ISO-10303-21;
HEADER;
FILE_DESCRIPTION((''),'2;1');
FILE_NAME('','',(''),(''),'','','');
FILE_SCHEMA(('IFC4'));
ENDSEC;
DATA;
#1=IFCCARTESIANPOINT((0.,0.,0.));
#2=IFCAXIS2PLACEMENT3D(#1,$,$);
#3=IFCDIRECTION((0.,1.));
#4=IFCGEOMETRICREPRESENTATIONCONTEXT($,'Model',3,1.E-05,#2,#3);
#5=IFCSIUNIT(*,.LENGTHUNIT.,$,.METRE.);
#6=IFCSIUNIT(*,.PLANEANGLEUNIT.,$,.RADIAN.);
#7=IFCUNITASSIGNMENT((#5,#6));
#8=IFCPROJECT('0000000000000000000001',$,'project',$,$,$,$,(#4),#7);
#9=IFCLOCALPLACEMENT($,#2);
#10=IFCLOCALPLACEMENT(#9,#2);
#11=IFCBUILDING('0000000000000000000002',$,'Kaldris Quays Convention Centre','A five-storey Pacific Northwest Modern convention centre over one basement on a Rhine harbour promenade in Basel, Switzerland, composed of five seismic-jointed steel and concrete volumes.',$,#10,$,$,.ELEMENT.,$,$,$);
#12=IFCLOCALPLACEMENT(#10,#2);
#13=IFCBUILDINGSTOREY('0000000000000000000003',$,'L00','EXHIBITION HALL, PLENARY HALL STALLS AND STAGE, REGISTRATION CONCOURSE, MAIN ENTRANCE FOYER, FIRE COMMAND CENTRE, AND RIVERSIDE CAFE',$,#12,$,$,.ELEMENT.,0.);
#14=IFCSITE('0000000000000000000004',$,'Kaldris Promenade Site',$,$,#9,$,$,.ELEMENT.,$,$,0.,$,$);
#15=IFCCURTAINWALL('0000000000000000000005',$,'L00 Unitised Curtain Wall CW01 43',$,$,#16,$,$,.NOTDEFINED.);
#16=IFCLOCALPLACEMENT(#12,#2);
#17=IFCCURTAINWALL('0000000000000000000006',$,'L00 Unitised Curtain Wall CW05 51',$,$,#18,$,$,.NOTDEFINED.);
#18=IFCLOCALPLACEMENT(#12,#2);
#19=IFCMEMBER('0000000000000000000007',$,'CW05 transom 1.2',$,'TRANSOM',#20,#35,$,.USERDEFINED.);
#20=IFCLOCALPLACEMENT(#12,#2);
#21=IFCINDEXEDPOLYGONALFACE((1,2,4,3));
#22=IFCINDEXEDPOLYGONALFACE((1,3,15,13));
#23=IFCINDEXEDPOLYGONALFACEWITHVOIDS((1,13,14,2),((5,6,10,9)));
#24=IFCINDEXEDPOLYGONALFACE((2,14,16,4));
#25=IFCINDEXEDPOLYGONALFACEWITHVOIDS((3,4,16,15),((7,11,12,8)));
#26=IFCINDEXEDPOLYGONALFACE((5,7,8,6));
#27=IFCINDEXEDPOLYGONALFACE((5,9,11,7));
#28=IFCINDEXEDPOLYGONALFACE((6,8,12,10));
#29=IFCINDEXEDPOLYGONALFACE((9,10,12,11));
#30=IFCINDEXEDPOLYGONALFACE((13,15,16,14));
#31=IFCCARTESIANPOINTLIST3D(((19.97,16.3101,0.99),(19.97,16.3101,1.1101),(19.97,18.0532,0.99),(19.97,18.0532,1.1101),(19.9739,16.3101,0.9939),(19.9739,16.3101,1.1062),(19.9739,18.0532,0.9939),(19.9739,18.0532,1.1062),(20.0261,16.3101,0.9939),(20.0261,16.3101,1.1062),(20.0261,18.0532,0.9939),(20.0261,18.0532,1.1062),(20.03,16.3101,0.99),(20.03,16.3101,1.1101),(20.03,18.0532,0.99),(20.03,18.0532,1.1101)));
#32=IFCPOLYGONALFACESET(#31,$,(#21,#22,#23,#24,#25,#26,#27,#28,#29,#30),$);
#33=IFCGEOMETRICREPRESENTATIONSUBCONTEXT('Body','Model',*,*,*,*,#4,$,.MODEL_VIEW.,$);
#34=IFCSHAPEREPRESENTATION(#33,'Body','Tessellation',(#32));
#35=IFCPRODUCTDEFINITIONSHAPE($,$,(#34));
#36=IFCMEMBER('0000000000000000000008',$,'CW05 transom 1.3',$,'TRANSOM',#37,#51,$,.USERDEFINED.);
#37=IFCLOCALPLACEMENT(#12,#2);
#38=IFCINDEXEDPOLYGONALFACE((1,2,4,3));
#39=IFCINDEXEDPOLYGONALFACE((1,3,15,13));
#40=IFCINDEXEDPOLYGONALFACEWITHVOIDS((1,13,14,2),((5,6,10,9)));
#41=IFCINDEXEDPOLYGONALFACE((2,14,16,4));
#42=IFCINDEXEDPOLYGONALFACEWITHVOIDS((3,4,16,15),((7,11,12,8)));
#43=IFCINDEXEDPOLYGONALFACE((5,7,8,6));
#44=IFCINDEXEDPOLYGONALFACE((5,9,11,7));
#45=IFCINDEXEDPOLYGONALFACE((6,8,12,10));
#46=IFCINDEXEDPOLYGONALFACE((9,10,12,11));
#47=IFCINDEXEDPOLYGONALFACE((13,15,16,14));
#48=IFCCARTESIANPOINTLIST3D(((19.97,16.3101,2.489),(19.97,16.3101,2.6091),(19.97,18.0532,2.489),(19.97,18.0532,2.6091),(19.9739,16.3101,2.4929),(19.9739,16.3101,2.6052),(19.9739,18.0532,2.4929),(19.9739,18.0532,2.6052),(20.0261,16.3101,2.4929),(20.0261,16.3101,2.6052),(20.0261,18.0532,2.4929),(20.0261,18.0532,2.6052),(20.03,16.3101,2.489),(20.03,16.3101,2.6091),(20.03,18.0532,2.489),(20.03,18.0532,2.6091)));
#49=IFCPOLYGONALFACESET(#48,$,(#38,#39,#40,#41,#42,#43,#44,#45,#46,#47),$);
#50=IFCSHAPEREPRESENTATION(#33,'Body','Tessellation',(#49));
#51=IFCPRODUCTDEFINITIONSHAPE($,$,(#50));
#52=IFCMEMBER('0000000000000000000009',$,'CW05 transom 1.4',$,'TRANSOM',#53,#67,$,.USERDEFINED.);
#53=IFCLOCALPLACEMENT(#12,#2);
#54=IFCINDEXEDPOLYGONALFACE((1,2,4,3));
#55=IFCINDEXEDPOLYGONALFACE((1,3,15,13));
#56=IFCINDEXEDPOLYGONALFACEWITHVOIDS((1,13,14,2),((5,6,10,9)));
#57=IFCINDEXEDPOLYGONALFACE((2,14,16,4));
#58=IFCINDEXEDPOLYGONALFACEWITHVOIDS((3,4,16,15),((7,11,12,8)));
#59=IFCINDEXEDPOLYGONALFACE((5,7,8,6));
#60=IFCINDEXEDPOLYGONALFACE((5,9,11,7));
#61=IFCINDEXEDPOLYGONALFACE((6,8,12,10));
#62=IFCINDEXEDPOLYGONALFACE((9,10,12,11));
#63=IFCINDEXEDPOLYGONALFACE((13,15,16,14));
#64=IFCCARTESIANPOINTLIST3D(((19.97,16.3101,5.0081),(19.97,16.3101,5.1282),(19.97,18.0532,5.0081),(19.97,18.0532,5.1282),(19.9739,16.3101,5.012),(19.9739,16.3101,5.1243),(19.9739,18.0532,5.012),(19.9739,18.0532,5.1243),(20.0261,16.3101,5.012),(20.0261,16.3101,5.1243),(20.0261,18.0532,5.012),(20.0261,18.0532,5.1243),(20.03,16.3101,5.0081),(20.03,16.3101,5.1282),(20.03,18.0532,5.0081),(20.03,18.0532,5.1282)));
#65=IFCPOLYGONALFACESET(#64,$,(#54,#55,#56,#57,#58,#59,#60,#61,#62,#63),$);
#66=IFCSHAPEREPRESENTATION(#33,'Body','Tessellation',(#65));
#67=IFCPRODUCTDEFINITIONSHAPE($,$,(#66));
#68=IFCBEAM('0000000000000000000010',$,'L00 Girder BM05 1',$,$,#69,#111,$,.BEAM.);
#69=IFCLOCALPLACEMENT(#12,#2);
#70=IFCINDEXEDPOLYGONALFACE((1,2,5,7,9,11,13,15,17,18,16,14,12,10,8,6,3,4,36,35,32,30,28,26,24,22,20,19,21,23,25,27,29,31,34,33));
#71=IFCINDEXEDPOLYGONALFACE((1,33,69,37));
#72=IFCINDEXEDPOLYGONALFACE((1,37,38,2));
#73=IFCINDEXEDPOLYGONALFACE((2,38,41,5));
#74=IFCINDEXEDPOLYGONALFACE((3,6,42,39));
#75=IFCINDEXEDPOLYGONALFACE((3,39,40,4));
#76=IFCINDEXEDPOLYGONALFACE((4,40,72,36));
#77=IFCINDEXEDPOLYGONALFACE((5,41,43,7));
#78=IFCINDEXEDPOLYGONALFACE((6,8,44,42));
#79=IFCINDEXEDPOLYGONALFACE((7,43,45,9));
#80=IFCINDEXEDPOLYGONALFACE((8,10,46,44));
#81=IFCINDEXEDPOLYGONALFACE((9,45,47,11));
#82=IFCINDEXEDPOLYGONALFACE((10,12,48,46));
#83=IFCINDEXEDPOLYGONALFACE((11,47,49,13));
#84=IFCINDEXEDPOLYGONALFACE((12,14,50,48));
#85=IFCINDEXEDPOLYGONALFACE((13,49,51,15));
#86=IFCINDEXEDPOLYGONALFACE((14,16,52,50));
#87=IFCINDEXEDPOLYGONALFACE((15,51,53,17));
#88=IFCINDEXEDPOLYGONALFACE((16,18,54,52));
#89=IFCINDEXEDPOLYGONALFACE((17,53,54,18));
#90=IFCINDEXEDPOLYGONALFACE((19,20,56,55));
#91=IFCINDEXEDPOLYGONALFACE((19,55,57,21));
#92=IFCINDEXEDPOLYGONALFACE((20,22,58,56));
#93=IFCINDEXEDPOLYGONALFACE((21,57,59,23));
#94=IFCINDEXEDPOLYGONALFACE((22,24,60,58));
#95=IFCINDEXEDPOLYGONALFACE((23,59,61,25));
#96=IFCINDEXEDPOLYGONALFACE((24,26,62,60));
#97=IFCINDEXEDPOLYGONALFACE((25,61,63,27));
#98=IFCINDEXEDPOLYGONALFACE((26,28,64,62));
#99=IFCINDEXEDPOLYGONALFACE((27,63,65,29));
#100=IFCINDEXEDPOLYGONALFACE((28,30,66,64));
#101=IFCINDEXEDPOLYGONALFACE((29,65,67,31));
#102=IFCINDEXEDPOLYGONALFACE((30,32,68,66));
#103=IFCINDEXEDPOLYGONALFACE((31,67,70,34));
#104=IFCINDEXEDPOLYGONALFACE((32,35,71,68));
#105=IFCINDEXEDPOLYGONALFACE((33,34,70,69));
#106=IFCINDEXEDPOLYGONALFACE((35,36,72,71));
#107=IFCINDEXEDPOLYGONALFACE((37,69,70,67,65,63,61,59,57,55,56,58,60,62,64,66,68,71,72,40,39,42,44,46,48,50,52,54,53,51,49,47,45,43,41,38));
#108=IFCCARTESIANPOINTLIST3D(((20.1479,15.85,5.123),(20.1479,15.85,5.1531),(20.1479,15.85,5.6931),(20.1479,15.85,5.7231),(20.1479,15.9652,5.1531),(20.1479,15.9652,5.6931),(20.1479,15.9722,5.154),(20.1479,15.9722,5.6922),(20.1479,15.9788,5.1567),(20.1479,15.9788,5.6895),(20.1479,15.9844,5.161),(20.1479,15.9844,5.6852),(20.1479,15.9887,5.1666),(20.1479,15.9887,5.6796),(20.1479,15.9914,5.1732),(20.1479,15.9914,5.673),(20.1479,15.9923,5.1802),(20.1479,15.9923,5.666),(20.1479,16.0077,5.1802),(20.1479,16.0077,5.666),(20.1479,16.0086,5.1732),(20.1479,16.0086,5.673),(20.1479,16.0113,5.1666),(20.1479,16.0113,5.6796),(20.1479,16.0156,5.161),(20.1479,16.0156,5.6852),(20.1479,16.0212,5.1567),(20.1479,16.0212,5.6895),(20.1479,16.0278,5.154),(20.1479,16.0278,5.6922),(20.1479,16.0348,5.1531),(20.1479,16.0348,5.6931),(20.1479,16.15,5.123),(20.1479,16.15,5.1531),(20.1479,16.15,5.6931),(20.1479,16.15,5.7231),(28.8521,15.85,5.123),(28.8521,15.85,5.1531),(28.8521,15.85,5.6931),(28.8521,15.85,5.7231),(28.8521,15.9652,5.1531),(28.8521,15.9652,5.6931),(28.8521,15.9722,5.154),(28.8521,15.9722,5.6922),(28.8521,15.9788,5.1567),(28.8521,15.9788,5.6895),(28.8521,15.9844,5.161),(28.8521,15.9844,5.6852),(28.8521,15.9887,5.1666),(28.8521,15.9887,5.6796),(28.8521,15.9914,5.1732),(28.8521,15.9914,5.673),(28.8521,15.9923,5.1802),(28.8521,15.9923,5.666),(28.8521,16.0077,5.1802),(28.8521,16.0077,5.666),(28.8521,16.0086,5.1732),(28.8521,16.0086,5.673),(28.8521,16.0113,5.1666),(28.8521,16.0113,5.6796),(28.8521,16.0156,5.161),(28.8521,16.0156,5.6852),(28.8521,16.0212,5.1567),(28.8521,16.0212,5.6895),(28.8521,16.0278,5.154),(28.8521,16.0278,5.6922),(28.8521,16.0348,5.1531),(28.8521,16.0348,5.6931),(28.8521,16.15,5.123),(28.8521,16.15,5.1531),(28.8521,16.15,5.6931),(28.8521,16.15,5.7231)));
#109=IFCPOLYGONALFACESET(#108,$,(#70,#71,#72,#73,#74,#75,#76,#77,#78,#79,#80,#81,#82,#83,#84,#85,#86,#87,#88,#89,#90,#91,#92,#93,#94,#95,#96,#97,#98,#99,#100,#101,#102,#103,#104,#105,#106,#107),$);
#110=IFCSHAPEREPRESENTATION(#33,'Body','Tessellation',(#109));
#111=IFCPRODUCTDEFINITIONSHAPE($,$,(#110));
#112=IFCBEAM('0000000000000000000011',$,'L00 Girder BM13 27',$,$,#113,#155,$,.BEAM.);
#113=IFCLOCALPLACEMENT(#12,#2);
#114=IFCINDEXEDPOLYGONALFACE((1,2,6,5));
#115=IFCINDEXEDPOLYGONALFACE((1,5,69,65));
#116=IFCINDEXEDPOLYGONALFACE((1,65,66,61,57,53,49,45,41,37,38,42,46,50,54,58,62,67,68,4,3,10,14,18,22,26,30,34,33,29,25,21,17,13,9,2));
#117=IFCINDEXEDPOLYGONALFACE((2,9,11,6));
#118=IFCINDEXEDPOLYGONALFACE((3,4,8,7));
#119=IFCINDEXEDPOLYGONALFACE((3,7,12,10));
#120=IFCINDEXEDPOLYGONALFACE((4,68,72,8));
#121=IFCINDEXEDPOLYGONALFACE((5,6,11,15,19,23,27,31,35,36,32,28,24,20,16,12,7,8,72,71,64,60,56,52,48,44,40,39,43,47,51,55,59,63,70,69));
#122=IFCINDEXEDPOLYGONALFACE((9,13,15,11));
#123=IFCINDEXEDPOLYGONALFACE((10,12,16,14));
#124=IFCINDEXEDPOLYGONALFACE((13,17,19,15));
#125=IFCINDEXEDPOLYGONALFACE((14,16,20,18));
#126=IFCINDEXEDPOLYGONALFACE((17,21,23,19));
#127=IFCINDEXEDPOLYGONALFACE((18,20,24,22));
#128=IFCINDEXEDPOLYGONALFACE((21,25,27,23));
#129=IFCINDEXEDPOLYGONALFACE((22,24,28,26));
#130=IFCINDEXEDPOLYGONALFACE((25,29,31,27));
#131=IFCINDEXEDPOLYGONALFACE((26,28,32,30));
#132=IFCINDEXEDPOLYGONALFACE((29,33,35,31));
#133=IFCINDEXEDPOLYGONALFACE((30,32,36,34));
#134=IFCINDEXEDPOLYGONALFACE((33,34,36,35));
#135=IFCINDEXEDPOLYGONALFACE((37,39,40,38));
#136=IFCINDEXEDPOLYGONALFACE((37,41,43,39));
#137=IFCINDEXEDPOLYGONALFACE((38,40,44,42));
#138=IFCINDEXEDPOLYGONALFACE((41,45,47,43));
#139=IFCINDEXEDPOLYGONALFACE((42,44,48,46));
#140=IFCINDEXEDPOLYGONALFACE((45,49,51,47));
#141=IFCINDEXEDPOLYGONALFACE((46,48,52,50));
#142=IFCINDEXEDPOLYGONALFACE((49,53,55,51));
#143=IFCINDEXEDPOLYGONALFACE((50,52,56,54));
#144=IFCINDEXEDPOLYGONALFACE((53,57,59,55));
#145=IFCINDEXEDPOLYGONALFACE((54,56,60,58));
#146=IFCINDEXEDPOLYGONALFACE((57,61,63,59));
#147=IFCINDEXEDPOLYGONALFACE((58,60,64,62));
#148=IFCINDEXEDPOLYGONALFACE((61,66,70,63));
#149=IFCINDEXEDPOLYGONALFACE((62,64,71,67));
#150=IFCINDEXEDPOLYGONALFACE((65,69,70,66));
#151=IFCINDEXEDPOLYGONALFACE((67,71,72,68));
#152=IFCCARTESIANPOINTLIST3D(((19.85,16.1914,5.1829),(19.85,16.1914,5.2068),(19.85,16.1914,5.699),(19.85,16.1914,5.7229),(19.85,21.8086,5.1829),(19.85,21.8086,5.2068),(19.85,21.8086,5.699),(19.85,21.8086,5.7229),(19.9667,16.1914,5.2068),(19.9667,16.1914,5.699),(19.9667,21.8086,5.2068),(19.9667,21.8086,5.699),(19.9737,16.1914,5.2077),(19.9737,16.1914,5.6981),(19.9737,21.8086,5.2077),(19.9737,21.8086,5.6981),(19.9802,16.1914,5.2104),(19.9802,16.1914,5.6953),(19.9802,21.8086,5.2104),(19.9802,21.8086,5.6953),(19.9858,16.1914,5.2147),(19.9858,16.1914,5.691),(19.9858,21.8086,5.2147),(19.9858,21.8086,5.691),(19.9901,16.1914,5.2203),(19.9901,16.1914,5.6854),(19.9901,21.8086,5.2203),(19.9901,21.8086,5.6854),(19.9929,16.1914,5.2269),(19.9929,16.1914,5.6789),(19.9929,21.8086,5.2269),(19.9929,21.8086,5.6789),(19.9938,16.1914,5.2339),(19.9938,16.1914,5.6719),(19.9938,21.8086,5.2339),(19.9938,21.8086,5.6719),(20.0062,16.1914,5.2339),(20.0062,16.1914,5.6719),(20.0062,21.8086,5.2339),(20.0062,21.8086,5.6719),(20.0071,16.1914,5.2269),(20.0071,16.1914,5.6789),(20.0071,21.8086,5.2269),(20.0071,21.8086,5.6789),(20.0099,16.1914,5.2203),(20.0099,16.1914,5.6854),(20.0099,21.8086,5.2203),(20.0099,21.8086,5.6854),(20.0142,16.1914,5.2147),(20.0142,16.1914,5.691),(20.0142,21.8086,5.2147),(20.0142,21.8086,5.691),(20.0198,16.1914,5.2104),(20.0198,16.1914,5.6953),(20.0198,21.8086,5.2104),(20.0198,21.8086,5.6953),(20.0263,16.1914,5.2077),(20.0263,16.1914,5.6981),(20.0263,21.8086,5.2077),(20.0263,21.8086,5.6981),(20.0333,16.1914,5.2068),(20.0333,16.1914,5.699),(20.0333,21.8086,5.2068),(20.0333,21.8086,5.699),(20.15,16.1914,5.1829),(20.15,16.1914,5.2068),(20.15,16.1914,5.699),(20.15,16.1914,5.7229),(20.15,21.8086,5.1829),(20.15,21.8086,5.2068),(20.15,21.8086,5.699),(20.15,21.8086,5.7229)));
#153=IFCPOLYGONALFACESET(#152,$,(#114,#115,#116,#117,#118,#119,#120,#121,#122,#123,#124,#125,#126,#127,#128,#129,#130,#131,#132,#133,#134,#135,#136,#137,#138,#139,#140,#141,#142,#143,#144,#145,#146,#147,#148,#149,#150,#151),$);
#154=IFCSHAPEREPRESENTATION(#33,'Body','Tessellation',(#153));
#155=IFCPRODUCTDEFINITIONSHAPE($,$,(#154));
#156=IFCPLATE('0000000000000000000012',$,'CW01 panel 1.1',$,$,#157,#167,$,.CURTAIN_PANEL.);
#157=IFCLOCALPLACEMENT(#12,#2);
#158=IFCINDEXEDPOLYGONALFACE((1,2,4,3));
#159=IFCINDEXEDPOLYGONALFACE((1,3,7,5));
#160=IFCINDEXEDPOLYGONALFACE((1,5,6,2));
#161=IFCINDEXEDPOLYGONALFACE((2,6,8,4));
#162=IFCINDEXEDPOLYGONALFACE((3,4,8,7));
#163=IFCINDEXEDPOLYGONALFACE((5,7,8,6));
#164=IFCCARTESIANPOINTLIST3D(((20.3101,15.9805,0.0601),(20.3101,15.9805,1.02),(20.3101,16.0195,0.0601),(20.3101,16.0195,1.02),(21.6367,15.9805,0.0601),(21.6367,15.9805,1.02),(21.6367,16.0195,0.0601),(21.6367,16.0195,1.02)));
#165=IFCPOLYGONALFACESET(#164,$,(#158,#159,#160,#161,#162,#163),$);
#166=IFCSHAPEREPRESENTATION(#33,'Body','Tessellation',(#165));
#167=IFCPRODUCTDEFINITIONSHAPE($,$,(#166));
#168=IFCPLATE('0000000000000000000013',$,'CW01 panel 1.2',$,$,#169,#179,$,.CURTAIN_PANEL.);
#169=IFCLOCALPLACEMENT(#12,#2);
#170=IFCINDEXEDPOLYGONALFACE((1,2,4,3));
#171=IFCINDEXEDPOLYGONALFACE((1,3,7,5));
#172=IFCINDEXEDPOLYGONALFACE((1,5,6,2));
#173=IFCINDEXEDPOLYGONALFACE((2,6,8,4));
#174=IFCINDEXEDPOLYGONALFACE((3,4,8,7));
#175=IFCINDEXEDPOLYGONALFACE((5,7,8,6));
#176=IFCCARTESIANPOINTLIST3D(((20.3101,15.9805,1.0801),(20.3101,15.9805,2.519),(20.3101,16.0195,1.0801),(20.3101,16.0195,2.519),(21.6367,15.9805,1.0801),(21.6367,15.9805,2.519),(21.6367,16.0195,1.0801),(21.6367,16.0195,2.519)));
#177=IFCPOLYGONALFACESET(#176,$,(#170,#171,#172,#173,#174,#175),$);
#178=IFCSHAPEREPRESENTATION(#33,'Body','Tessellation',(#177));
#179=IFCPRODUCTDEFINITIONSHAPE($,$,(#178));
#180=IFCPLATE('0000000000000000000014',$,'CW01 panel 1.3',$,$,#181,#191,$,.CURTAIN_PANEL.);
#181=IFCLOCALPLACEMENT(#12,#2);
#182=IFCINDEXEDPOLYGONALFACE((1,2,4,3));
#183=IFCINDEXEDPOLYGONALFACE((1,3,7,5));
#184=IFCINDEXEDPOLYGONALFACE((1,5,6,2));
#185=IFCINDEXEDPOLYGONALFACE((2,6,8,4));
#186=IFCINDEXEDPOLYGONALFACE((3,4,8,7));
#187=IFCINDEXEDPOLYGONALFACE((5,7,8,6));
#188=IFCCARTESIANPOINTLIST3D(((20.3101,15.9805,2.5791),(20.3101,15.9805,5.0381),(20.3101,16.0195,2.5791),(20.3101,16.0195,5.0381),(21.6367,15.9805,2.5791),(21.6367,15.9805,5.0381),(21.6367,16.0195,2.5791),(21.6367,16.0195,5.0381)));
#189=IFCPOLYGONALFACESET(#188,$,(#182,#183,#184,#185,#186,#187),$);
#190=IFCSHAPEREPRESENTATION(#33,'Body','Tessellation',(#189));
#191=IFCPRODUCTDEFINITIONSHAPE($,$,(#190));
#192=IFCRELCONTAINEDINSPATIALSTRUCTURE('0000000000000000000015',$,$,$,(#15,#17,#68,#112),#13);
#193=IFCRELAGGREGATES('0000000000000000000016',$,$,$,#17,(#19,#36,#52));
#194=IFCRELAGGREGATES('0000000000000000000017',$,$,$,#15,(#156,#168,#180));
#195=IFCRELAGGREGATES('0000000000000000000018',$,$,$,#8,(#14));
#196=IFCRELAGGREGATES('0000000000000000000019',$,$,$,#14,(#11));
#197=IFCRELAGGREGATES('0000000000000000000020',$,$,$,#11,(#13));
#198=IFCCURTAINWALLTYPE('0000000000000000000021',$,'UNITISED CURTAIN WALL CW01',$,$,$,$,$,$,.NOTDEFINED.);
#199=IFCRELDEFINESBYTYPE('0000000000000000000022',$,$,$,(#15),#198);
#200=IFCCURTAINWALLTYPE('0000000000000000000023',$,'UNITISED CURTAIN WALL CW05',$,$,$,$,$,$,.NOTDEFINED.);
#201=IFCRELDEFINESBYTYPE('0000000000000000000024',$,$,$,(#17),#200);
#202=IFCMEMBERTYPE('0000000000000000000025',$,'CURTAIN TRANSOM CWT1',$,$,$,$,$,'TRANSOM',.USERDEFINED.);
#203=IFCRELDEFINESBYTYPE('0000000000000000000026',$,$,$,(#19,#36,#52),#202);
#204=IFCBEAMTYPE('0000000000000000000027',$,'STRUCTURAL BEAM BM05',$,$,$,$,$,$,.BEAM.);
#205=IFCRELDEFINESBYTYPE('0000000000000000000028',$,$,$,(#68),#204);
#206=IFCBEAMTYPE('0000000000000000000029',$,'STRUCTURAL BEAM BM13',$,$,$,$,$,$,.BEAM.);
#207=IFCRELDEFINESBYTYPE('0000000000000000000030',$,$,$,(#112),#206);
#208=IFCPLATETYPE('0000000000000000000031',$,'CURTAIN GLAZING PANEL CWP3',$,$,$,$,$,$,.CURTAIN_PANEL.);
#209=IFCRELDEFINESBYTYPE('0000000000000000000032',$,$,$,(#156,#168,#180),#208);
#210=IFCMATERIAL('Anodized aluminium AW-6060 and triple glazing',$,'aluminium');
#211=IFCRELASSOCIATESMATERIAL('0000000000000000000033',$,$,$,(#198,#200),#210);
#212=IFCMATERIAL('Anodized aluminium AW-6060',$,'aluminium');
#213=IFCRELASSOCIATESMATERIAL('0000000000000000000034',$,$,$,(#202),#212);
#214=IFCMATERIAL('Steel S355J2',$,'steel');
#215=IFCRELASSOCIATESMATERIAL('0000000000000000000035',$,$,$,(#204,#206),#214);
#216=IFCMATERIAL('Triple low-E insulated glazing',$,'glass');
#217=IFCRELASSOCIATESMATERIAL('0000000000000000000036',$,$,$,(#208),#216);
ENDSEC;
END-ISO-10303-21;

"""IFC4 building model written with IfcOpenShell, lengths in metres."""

from ifc_helpers import new_model, si_unit, direction, frame, origin, origin_2d, place, context, subcontext, project, spatial, rectangle, hollow_rectangle, i_section, extrude, material, material_profile, profile_set, type_object, element, aggregate, save


model = new_model("IFC4")

# Units and contexts
model_context = context("Model", 3, precision=1e-05, world=origin(), true_north=direction((0.0, 1.0)))
body_context = subcontext(model_context, "Body", "Model", "MODEL_VIEW")
ifc_project = project(units=[si_unit("LENGTHUNIT", "METRE"), si_unit("PLANEANGLEUNIT", "RADIAN")], contexts=[model_context])

# Site, building, storey
site_placement = place(None, origin())
site = spatial("IfcSite", under=ifc_project, at=site_placement, Name="Kaldris Promenade Site", CompositionType="ELEMENT", RefElevation=0.0)
building_placement = place(site_placement, origin())
building = spatial("IfcBuilding", under=site, at=building_placement, Name="Kaldris Quays Convention Centre", Description="A five-storey Pacific Northwest Modern convention centre over one basement on a Rhine harbour promenade in Basel, Switzerland, composed of five seismic-jointed steel and concrete volumes.", CompositionType="ELEMENT")
storey_placement = place(building_placement, origin())
storey = spatial("IfcBuildingStorey", under=building, at=storey_placement, Name="L00", Description="EXHIBITION HALL, PLENARY HALL STALLS AND STAGE, REGISTRATION CONCOURSE, MAIN ENTRANCE FOYER, FIRE COMMAND CENTRE, AND RIVERSIDE CAFE", CompositionType="ELEMENT", Elevation=0.0)

# Curtain wall
ifc_material_1 = material(Name="Anodized aluminium AW-6060 and triple glazing", Category="aluminium")
curtain_wall_type_1 = type_object("IfcCurtainWallType", Name="UNITISED CURTAIN WALL CW01", PredefinedType="NOTDEFINED", material=ifc_material_1)
curtain_wall_1_placement = place(storey_placement, origin())
curtain_wall_1 = element("IfcCurtainWall", 1, at=curtain_wall_1_placement, inside=storey, type_object=curtain_wall_type_1, Name="L00 Unitised Curtain Wall CW01 43", PredefinedType="NOTDEFINED")
ifc_material_2 = material(Name="Anodized aluminium AW-6060", Category="aluminium")

# Curtain wall
curtain_wall_type_2 = type_object("IfcCurtainWallType", Name="UNITISED CURTAIN WALL CW05", PredefinedType="NOTDEFINED", material=ifc_material_1)
curtain_wall_2_placement = place(storey_placement, origin())
curtain_wall_2 = element("IfcCurtainWall", 2, at=curtain_wall_2_placement, inside=storey, type_object=curtain_wall_type_2, Name="L00 Unitised Curtain Wall CW05 51", PredefinedType="NOTDEFINED")

# Members
ifc_material_profile_1 = material_profile(ifc_material_2, hollow_rectangle(XDim=0.0601, YDim=0.1201, WallThickness=0.0039, at=origin_2d()), Name="RHS 120x60x4")
ifc_profile_set_1 = profile_set([ifc_material_profile_1], Name="Anodized aluminium AW-6060")
member_type_1 = type_object("IfcMemberType", Name="CURTAIN TRANSOM CWT1", ElementType="TRANSOM", PredefinedType="USERDEFINED", material=ifc_profile_set_1)
member_1_placement = place(storey_placement, frame((20.0, 16.3101, 1.05), z_axis=(0.0, 1.0, 0.0), x_axis=(-1.0, 0.0, 0.0)))
member_1 = element("IfcMember", 3, at=member_1_placement, type_object=member_type_1, Name="CW05 transom 1.2", ObjectType="TRANSOM", PredefinedType="USERDEFINED", context=body_context, shape_type="SweptSolid", body=[
    extrude(hollow_rectangle(XDim=0.0601, YDim=0.1201, WallThickness=0.0039, at=origin_2d()), origin(), (0.0, 0.0, 1.0), 1.7432),
])
member_2_placement = place(storey_placement, frame((20.0, 16.3101, 2.5491), z_axis=(0.0, 1.0, 0.0), x_axis=(-1.0, 0.0, 0.0)))
member_2 = element("IfcMember", 4, at=member_2_placement, type_object=member_type_1, Name="CW05 transom 1.3", ObjectType="TRANSOM", PredefinedType="USERDEFINED", context=body_context, shape_type="SweptSolid", body=[
    extrude(hollow_rectangle(XDim=0.0601, YDim=0.1201, WallThickness=0.0039, at=origin_2d()), origin(), (0.0, 0.0, 1.0), 1.7432),
])
member_3_placement = place(storey_placement, frame((20.0, 16.3101, 5.0681), z_axis=(0.0, 1.0, 0.0), x_axis=(-1.0, 0.0, 0.0)))
member_3 = element("IfcMember", 5, at=member_3_placement, type_object=member_type_1, Name="CW05 transom 1.4", ObjectType="TRANSOM", PredefinedType="USERDEFINED", context=body_context, shape_type="SweptSolid", body=[
    extrude(hollow_rectangle(XDim=0.0601, YDim=0.1201, WallThickness=0.0039, at=origin_2d()), origin(), (0.0, 0.0, 1.0), 1.7432),
])
aggregate(curtain_wall_2, [member_1, member_2, member_3])

# Beams
ifc_material_3 = material(Name="Steel S355J2", Category="steel")
ifc_material_profile_2 = material_profile(ifc_material_3, i_section(OverallWidth=0.3, OverallDepth=0.6001, WebThickness=0.0154, FlangeThickness=0.03, FilletRadius=0.0271, at=origin_2d()), Name="HEB 600")
ifc_profile_set_2 = profile_set([ifc_material_profile_2], Name="Steel S355J2")
beam_type_1 = type_object("IfcBeamType", Name="STRUCTURAL BEAM BM05", PredefinedType="BEAM", material=ifc_profile_set_2)
beam_1_placement = place(storey_placement, frame((20.1479, 16.0, 5.4231), z_axis=(1.0, 0.0, 0.0), x_axis=(0.0, 1.0, 0.0)))
element("IfcBeam", 6, at=beam_1_placement, inside=storey, type_object=beam_type_1, Name="L00 Girder BM05 1", PredefinedType="BEAM", context=body_context, shape_type="SweptSolid", body=[
    extrude(i_section(OverallWidth=0.3, OverallDepth=0.6001, WebThickness=0.0154, FlangeThickness=0.03, FilletRadius=0.0271, at=origin_2d()), origin(), (0.0, 0.0, 1.0), 8.7041),
])
ifc_material_profile_3 = material_profile(ifc_material_3, i_section(OverallWidth=0.3, OverallDepth=0.54, WebThickness=0.0125, FlangeThickness=0.0239, FilletRadius=0.0271, at=origin_2d()), Name="HEA 550")
ifc_profile_set_3 = profile_set([ifc_material_profile_3], Name="Steel S355J2")
beam_type_2 = type_object("IfcBeamType", Name="STRUCTURAL BEAM BM13", PredefinedType="BEAM", material=ifc_profile_set_3)
beam_2_placement = place(storey_placement, frame((20.0, 16.1914, 5.4529), z_axis=(0.0, 1.0, 0.0), x_axis=(-1.0, 0.0, 0.0)))
element("IfcBeam", 7, at=beam_2_placement, inside=storey, type_object=beam_type_2, Name="L00 Girder BM13 27", PredefinedType="BEAM", context=body_context, shape_type="SweptSolid", body=[
    extrude(i_section(OverallWidth=0.3, OverallDepth=0.54, WebThickness=0.0125, FlangeThickness=0.0239, FilletRadius=0.0271, at=origin_2d()), origin(), (0.0, 0.0, 1.0), 5.6172),
])

# Plates
ifc_material_4 = material(Name="Triple low-E insulated glazing", Category="glass")
plate_type = type_object("IfcPlateType", Name="CURTAIN GLAZING PANEL CWP3", PredefinedType="CURTAIN_PANEL", material=ifc_material_4)
plate_1_placement = place(storey_placement, frame((20.9734, 16.0, 0.0601), z_axis=(0.0, 0.0, 1.0), x_axis=(1.0, 0.0, 0.0)))
plate_1 = element("IfcPlate", 8, at=plate_1_placement, type_object=plate_type, Name="CW01 panel 1.1", PredefinedType="CURTAIN_PANEL", context=body_context, shape_type="SweptSolid", body=[
    extrude(rectangle(XDim=1.3267, YDim=0.0391, at=origin_2d()), origin(), (0.0, 0.0, 1.0), 0.96),
])
plate_2_placement = place(storey_placement, frame((20.9734, 16.0, 1.0801), z_axis=(0.0, 0.0, 1.0), x_axis=(1.0, 0.0, 0.0)))
plate_2 = element("IfcPlate", 9, at=plate_2_placement, type_object=plate_type, Name="CW01 panel 1.2", PredefinedType="CURTAIN_PANEL", context=body_context, shape_type="SweptSolid", body=[
    extrude(rectangle(XDim=1.3267, YDim=0.0391, at=origin_2d()), origin(), (0.0, 0.0, 1.0), 1.439),
])
plate_3_placement = place(storey_placement, frame((20.9734, 16.0, 2.5791), z_axis=(0.0, 0.0, 1.0), x_axis=(1.0, 0.0, 0.0)))
plate_3 = element("IfcPlate", 10, at=plate_3_placement, type_object=plate_type, Name="CW01 panel 1.3", PredefinedType="CURTAIN_PANEL", context=body_context, shape_type="SweptSolid", body=[
    extrude(rectangle(XDim=1.3267, YDim=0.0391, at=origin_2d()), origin(), (0.0, 0.0, 1.0), 2.459),
])
aggregate(curtain_wall_1, [plate_1, plate_2, plate_3])

save(model, "model.ifc")
